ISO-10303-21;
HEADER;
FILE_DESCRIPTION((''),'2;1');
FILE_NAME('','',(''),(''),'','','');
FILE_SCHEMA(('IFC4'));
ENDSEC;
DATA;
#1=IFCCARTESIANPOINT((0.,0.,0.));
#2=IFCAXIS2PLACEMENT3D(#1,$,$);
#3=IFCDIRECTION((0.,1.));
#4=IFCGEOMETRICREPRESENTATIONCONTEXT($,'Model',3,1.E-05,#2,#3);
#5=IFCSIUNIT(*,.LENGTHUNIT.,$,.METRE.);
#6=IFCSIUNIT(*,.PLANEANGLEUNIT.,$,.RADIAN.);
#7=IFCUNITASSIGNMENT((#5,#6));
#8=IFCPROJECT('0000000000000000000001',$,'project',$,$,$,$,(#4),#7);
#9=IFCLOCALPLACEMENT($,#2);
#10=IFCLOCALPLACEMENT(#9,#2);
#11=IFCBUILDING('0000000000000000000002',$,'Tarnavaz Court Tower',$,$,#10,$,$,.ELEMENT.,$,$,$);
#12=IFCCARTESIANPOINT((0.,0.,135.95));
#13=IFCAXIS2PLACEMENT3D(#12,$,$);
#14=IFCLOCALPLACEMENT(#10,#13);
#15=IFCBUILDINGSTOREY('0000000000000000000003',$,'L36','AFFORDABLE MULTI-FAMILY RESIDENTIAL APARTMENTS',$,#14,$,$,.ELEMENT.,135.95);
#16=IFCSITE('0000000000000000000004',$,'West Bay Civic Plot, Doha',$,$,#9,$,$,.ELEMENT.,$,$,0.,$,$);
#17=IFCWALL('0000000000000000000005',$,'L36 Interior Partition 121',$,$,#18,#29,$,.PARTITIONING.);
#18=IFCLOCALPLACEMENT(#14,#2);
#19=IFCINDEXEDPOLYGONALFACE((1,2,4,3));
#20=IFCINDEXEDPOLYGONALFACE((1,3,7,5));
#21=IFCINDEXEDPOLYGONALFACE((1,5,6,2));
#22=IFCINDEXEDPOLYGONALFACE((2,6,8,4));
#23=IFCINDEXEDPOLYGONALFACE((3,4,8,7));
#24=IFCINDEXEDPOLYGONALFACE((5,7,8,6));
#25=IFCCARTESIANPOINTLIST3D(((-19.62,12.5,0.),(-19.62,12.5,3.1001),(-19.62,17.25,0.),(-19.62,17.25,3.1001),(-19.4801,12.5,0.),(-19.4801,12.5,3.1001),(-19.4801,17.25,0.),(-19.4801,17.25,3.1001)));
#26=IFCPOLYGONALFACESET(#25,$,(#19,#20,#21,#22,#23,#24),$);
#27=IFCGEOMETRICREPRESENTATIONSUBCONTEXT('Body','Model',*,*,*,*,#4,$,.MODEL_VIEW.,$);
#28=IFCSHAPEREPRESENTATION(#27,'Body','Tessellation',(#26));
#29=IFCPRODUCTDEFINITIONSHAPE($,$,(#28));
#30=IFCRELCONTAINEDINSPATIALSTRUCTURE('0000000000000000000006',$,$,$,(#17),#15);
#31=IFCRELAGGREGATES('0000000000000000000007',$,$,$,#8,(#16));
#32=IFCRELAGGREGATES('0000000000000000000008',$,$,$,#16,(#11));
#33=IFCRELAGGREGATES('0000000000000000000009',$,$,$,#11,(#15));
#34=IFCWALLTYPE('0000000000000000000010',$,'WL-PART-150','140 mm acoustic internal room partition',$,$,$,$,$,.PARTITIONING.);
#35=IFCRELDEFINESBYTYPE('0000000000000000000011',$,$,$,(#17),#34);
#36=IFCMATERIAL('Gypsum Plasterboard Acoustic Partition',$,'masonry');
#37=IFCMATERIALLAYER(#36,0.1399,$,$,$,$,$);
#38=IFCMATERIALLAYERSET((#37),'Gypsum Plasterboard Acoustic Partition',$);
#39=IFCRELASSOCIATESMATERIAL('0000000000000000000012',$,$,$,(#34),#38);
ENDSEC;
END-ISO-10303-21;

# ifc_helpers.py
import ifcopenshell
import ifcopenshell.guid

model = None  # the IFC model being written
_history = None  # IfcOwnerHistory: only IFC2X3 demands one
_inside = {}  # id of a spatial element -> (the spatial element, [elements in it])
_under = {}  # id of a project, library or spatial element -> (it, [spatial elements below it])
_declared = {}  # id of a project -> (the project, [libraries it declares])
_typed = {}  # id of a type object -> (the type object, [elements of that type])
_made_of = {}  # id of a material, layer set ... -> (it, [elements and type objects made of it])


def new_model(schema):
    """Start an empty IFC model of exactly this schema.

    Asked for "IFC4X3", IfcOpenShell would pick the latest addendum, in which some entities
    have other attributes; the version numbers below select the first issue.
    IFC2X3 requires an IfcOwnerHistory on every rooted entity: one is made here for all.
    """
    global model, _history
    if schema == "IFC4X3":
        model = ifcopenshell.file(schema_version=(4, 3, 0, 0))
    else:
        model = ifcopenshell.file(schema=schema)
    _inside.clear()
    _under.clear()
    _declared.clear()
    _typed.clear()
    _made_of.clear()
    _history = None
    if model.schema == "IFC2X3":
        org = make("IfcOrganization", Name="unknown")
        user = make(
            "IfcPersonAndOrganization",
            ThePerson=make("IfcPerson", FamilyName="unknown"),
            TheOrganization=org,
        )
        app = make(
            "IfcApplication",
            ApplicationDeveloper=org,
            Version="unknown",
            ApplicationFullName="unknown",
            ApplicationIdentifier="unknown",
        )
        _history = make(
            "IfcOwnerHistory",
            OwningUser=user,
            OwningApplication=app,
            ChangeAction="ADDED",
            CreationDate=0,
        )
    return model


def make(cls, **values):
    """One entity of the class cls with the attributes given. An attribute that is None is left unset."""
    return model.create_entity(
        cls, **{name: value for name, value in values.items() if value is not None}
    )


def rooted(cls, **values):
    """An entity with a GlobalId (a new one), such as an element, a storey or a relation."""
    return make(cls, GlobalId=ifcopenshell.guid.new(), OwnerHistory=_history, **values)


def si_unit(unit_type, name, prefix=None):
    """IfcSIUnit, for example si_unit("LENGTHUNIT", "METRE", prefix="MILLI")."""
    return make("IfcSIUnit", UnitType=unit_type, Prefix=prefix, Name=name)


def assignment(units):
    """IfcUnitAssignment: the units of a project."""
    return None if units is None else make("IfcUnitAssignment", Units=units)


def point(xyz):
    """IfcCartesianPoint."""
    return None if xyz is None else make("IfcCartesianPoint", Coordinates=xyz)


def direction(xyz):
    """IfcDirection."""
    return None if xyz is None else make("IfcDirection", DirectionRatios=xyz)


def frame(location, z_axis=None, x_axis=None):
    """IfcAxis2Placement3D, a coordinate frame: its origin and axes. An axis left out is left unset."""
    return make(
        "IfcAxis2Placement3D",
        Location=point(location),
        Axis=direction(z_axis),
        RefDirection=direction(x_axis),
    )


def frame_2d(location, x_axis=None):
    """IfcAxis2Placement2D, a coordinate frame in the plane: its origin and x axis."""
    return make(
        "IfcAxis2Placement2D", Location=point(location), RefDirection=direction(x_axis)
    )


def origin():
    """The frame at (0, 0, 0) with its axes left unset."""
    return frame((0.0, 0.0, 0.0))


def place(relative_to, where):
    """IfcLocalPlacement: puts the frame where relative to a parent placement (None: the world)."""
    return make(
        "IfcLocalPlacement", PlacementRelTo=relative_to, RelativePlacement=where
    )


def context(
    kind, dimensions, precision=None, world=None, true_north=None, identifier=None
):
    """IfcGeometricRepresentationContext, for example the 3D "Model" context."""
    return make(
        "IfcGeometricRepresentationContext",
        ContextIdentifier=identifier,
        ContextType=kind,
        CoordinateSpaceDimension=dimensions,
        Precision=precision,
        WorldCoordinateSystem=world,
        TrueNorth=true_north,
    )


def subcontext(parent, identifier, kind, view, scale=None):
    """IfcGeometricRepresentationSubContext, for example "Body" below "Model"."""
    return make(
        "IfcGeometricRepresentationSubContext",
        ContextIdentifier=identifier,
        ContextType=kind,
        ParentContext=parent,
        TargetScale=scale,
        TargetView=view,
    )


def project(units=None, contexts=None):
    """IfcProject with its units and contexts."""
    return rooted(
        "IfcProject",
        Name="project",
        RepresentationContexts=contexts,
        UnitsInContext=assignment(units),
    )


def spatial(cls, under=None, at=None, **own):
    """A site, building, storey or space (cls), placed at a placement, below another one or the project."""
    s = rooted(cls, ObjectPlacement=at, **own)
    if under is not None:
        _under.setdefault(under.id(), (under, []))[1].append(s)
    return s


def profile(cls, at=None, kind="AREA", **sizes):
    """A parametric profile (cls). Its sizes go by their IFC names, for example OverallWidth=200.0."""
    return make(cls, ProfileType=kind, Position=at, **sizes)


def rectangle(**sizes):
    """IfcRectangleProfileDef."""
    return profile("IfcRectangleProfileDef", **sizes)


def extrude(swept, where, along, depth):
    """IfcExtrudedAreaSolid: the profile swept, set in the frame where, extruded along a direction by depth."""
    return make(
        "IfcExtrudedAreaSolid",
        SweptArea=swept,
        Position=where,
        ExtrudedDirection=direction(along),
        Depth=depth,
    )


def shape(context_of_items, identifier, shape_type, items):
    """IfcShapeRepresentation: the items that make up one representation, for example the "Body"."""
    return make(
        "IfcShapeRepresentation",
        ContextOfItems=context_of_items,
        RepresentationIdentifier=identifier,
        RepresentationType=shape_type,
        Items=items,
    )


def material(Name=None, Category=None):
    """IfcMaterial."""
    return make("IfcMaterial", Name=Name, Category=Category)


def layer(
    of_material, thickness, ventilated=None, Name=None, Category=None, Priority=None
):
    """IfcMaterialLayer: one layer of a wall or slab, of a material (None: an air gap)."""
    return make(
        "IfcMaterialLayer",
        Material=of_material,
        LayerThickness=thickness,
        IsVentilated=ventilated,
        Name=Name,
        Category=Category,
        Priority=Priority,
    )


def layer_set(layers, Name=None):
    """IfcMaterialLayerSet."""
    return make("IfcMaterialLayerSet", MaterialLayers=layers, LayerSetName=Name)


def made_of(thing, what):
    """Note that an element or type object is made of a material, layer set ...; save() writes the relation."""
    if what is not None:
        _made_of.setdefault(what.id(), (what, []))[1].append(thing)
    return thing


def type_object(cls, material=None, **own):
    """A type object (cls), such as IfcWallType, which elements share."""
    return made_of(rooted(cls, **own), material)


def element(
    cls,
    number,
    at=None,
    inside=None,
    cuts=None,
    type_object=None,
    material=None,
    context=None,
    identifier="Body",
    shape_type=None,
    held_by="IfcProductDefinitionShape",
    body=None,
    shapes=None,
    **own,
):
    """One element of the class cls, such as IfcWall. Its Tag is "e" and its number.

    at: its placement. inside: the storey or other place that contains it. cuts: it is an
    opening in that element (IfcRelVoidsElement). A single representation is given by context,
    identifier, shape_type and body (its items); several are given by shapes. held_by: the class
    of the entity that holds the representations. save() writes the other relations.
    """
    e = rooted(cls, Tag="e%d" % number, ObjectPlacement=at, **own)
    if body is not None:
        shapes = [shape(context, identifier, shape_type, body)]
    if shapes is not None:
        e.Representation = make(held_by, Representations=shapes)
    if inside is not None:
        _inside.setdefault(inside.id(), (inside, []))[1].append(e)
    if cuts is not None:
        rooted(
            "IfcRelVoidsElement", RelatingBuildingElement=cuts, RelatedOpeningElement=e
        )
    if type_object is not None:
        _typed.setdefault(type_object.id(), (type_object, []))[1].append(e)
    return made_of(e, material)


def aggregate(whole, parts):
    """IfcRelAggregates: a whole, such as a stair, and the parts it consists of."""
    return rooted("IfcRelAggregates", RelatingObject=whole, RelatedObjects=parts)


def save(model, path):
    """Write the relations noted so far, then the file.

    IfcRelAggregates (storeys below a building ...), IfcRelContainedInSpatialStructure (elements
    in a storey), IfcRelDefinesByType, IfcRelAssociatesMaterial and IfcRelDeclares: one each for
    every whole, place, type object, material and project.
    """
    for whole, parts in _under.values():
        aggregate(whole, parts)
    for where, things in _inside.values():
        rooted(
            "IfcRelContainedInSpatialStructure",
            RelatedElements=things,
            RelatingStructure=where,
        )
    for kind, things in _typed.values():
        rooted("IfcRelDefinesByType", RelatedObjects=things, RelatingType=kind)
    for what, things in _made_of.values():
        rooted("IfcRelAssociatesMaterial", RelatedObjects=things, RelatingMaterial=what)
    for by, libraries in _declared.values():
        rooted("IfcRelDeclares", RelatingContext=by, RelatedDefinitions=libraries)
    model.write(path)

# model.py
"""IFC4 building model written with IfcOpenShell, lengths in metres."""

from ifc_helpers import new_model, si_unit, direction, frame, frame_2d, origin, place, context, subcontext, project, spatial, rectangle, extrude, material, layer, layer_set, type_object, element, save


model = new_model("IFC4")

# Units and contexts
model_context = context("Model", 3, precision=1e-05, world=origin(), true_north=direction((0.0, 1.0)))
body_context = subcontext(model_context, "Body", "Model", "MODEL_VIEW")
ifc_project = project(units=[si_unit("LENGTHUNIT", "METRE"), si_unit("PLANEANGLEUNIT", "RADIAN")], contexts=[model_context])

# Site, building, storey
site_placement = place(None, origin())
site = spatial("IfcSite", under=ifc_project, at=site_placement, Name="West Bay Civic Plot, Doha", CompositionType="ELEMENT", RefElevation=0.0)
building_placement = place(site_placement, origin())
building = spatial("IfcBuilding", under=site, at=building_placement, Name="Tarnavaz Court Tower", CompositionType="ELEMENT")
storey_placement = place(building_placement, frame((0.0, 0.0, 135.95)))
storey = spatial("IfcBuildingStorey", under=building, at=storey_placement, Name="L36", Description="AFFORDABLE MULTI-FAMILY RESIDENTIAL APARTMENTS", CompositionType="ELEMENT", Elevation=135.95)

# Wall
ifc_material_1 = material(Name="Gypsum Plasterboard Acoustic Partition", Category="masonry")
ifc_layer_1 = layer(ifc_material_1, 0.1399)
ifc_layer_set_1 = layer_set([ifc_layer_1], Name="Gypsum Plasterboard Acoustic Partition")
wall_type_1 = type_object("IfcWallType", Name="WL-PART-150", Description="140 mm acoustic internal room partition", PredefinedType="PARTITIONING", material=ifc_layer_set_1)
wall_1_placement = place(storey_placement, frame((-19.55, 12.5, 0.0), z_axis=(0.0, 0.0, 1.0), x_axis=(0.0, 1.0, 0.0)))
element("IfcWall", 1, at=wall_1_placement, inside=storey, type_object=wall_type_1, Name="L36 Interior Partition 121", PredefinedType="PARTITIONING", context=body_context, shape_type="SweptSolid", body=[
    extrude(rectangle(XDim=4.75, YDim=0.1399, at=frame_2d((2.375, 0.0))), origin(), (0.0, 0.0, 1.0), 3.1001),
])

save(model, "model.ifc")
